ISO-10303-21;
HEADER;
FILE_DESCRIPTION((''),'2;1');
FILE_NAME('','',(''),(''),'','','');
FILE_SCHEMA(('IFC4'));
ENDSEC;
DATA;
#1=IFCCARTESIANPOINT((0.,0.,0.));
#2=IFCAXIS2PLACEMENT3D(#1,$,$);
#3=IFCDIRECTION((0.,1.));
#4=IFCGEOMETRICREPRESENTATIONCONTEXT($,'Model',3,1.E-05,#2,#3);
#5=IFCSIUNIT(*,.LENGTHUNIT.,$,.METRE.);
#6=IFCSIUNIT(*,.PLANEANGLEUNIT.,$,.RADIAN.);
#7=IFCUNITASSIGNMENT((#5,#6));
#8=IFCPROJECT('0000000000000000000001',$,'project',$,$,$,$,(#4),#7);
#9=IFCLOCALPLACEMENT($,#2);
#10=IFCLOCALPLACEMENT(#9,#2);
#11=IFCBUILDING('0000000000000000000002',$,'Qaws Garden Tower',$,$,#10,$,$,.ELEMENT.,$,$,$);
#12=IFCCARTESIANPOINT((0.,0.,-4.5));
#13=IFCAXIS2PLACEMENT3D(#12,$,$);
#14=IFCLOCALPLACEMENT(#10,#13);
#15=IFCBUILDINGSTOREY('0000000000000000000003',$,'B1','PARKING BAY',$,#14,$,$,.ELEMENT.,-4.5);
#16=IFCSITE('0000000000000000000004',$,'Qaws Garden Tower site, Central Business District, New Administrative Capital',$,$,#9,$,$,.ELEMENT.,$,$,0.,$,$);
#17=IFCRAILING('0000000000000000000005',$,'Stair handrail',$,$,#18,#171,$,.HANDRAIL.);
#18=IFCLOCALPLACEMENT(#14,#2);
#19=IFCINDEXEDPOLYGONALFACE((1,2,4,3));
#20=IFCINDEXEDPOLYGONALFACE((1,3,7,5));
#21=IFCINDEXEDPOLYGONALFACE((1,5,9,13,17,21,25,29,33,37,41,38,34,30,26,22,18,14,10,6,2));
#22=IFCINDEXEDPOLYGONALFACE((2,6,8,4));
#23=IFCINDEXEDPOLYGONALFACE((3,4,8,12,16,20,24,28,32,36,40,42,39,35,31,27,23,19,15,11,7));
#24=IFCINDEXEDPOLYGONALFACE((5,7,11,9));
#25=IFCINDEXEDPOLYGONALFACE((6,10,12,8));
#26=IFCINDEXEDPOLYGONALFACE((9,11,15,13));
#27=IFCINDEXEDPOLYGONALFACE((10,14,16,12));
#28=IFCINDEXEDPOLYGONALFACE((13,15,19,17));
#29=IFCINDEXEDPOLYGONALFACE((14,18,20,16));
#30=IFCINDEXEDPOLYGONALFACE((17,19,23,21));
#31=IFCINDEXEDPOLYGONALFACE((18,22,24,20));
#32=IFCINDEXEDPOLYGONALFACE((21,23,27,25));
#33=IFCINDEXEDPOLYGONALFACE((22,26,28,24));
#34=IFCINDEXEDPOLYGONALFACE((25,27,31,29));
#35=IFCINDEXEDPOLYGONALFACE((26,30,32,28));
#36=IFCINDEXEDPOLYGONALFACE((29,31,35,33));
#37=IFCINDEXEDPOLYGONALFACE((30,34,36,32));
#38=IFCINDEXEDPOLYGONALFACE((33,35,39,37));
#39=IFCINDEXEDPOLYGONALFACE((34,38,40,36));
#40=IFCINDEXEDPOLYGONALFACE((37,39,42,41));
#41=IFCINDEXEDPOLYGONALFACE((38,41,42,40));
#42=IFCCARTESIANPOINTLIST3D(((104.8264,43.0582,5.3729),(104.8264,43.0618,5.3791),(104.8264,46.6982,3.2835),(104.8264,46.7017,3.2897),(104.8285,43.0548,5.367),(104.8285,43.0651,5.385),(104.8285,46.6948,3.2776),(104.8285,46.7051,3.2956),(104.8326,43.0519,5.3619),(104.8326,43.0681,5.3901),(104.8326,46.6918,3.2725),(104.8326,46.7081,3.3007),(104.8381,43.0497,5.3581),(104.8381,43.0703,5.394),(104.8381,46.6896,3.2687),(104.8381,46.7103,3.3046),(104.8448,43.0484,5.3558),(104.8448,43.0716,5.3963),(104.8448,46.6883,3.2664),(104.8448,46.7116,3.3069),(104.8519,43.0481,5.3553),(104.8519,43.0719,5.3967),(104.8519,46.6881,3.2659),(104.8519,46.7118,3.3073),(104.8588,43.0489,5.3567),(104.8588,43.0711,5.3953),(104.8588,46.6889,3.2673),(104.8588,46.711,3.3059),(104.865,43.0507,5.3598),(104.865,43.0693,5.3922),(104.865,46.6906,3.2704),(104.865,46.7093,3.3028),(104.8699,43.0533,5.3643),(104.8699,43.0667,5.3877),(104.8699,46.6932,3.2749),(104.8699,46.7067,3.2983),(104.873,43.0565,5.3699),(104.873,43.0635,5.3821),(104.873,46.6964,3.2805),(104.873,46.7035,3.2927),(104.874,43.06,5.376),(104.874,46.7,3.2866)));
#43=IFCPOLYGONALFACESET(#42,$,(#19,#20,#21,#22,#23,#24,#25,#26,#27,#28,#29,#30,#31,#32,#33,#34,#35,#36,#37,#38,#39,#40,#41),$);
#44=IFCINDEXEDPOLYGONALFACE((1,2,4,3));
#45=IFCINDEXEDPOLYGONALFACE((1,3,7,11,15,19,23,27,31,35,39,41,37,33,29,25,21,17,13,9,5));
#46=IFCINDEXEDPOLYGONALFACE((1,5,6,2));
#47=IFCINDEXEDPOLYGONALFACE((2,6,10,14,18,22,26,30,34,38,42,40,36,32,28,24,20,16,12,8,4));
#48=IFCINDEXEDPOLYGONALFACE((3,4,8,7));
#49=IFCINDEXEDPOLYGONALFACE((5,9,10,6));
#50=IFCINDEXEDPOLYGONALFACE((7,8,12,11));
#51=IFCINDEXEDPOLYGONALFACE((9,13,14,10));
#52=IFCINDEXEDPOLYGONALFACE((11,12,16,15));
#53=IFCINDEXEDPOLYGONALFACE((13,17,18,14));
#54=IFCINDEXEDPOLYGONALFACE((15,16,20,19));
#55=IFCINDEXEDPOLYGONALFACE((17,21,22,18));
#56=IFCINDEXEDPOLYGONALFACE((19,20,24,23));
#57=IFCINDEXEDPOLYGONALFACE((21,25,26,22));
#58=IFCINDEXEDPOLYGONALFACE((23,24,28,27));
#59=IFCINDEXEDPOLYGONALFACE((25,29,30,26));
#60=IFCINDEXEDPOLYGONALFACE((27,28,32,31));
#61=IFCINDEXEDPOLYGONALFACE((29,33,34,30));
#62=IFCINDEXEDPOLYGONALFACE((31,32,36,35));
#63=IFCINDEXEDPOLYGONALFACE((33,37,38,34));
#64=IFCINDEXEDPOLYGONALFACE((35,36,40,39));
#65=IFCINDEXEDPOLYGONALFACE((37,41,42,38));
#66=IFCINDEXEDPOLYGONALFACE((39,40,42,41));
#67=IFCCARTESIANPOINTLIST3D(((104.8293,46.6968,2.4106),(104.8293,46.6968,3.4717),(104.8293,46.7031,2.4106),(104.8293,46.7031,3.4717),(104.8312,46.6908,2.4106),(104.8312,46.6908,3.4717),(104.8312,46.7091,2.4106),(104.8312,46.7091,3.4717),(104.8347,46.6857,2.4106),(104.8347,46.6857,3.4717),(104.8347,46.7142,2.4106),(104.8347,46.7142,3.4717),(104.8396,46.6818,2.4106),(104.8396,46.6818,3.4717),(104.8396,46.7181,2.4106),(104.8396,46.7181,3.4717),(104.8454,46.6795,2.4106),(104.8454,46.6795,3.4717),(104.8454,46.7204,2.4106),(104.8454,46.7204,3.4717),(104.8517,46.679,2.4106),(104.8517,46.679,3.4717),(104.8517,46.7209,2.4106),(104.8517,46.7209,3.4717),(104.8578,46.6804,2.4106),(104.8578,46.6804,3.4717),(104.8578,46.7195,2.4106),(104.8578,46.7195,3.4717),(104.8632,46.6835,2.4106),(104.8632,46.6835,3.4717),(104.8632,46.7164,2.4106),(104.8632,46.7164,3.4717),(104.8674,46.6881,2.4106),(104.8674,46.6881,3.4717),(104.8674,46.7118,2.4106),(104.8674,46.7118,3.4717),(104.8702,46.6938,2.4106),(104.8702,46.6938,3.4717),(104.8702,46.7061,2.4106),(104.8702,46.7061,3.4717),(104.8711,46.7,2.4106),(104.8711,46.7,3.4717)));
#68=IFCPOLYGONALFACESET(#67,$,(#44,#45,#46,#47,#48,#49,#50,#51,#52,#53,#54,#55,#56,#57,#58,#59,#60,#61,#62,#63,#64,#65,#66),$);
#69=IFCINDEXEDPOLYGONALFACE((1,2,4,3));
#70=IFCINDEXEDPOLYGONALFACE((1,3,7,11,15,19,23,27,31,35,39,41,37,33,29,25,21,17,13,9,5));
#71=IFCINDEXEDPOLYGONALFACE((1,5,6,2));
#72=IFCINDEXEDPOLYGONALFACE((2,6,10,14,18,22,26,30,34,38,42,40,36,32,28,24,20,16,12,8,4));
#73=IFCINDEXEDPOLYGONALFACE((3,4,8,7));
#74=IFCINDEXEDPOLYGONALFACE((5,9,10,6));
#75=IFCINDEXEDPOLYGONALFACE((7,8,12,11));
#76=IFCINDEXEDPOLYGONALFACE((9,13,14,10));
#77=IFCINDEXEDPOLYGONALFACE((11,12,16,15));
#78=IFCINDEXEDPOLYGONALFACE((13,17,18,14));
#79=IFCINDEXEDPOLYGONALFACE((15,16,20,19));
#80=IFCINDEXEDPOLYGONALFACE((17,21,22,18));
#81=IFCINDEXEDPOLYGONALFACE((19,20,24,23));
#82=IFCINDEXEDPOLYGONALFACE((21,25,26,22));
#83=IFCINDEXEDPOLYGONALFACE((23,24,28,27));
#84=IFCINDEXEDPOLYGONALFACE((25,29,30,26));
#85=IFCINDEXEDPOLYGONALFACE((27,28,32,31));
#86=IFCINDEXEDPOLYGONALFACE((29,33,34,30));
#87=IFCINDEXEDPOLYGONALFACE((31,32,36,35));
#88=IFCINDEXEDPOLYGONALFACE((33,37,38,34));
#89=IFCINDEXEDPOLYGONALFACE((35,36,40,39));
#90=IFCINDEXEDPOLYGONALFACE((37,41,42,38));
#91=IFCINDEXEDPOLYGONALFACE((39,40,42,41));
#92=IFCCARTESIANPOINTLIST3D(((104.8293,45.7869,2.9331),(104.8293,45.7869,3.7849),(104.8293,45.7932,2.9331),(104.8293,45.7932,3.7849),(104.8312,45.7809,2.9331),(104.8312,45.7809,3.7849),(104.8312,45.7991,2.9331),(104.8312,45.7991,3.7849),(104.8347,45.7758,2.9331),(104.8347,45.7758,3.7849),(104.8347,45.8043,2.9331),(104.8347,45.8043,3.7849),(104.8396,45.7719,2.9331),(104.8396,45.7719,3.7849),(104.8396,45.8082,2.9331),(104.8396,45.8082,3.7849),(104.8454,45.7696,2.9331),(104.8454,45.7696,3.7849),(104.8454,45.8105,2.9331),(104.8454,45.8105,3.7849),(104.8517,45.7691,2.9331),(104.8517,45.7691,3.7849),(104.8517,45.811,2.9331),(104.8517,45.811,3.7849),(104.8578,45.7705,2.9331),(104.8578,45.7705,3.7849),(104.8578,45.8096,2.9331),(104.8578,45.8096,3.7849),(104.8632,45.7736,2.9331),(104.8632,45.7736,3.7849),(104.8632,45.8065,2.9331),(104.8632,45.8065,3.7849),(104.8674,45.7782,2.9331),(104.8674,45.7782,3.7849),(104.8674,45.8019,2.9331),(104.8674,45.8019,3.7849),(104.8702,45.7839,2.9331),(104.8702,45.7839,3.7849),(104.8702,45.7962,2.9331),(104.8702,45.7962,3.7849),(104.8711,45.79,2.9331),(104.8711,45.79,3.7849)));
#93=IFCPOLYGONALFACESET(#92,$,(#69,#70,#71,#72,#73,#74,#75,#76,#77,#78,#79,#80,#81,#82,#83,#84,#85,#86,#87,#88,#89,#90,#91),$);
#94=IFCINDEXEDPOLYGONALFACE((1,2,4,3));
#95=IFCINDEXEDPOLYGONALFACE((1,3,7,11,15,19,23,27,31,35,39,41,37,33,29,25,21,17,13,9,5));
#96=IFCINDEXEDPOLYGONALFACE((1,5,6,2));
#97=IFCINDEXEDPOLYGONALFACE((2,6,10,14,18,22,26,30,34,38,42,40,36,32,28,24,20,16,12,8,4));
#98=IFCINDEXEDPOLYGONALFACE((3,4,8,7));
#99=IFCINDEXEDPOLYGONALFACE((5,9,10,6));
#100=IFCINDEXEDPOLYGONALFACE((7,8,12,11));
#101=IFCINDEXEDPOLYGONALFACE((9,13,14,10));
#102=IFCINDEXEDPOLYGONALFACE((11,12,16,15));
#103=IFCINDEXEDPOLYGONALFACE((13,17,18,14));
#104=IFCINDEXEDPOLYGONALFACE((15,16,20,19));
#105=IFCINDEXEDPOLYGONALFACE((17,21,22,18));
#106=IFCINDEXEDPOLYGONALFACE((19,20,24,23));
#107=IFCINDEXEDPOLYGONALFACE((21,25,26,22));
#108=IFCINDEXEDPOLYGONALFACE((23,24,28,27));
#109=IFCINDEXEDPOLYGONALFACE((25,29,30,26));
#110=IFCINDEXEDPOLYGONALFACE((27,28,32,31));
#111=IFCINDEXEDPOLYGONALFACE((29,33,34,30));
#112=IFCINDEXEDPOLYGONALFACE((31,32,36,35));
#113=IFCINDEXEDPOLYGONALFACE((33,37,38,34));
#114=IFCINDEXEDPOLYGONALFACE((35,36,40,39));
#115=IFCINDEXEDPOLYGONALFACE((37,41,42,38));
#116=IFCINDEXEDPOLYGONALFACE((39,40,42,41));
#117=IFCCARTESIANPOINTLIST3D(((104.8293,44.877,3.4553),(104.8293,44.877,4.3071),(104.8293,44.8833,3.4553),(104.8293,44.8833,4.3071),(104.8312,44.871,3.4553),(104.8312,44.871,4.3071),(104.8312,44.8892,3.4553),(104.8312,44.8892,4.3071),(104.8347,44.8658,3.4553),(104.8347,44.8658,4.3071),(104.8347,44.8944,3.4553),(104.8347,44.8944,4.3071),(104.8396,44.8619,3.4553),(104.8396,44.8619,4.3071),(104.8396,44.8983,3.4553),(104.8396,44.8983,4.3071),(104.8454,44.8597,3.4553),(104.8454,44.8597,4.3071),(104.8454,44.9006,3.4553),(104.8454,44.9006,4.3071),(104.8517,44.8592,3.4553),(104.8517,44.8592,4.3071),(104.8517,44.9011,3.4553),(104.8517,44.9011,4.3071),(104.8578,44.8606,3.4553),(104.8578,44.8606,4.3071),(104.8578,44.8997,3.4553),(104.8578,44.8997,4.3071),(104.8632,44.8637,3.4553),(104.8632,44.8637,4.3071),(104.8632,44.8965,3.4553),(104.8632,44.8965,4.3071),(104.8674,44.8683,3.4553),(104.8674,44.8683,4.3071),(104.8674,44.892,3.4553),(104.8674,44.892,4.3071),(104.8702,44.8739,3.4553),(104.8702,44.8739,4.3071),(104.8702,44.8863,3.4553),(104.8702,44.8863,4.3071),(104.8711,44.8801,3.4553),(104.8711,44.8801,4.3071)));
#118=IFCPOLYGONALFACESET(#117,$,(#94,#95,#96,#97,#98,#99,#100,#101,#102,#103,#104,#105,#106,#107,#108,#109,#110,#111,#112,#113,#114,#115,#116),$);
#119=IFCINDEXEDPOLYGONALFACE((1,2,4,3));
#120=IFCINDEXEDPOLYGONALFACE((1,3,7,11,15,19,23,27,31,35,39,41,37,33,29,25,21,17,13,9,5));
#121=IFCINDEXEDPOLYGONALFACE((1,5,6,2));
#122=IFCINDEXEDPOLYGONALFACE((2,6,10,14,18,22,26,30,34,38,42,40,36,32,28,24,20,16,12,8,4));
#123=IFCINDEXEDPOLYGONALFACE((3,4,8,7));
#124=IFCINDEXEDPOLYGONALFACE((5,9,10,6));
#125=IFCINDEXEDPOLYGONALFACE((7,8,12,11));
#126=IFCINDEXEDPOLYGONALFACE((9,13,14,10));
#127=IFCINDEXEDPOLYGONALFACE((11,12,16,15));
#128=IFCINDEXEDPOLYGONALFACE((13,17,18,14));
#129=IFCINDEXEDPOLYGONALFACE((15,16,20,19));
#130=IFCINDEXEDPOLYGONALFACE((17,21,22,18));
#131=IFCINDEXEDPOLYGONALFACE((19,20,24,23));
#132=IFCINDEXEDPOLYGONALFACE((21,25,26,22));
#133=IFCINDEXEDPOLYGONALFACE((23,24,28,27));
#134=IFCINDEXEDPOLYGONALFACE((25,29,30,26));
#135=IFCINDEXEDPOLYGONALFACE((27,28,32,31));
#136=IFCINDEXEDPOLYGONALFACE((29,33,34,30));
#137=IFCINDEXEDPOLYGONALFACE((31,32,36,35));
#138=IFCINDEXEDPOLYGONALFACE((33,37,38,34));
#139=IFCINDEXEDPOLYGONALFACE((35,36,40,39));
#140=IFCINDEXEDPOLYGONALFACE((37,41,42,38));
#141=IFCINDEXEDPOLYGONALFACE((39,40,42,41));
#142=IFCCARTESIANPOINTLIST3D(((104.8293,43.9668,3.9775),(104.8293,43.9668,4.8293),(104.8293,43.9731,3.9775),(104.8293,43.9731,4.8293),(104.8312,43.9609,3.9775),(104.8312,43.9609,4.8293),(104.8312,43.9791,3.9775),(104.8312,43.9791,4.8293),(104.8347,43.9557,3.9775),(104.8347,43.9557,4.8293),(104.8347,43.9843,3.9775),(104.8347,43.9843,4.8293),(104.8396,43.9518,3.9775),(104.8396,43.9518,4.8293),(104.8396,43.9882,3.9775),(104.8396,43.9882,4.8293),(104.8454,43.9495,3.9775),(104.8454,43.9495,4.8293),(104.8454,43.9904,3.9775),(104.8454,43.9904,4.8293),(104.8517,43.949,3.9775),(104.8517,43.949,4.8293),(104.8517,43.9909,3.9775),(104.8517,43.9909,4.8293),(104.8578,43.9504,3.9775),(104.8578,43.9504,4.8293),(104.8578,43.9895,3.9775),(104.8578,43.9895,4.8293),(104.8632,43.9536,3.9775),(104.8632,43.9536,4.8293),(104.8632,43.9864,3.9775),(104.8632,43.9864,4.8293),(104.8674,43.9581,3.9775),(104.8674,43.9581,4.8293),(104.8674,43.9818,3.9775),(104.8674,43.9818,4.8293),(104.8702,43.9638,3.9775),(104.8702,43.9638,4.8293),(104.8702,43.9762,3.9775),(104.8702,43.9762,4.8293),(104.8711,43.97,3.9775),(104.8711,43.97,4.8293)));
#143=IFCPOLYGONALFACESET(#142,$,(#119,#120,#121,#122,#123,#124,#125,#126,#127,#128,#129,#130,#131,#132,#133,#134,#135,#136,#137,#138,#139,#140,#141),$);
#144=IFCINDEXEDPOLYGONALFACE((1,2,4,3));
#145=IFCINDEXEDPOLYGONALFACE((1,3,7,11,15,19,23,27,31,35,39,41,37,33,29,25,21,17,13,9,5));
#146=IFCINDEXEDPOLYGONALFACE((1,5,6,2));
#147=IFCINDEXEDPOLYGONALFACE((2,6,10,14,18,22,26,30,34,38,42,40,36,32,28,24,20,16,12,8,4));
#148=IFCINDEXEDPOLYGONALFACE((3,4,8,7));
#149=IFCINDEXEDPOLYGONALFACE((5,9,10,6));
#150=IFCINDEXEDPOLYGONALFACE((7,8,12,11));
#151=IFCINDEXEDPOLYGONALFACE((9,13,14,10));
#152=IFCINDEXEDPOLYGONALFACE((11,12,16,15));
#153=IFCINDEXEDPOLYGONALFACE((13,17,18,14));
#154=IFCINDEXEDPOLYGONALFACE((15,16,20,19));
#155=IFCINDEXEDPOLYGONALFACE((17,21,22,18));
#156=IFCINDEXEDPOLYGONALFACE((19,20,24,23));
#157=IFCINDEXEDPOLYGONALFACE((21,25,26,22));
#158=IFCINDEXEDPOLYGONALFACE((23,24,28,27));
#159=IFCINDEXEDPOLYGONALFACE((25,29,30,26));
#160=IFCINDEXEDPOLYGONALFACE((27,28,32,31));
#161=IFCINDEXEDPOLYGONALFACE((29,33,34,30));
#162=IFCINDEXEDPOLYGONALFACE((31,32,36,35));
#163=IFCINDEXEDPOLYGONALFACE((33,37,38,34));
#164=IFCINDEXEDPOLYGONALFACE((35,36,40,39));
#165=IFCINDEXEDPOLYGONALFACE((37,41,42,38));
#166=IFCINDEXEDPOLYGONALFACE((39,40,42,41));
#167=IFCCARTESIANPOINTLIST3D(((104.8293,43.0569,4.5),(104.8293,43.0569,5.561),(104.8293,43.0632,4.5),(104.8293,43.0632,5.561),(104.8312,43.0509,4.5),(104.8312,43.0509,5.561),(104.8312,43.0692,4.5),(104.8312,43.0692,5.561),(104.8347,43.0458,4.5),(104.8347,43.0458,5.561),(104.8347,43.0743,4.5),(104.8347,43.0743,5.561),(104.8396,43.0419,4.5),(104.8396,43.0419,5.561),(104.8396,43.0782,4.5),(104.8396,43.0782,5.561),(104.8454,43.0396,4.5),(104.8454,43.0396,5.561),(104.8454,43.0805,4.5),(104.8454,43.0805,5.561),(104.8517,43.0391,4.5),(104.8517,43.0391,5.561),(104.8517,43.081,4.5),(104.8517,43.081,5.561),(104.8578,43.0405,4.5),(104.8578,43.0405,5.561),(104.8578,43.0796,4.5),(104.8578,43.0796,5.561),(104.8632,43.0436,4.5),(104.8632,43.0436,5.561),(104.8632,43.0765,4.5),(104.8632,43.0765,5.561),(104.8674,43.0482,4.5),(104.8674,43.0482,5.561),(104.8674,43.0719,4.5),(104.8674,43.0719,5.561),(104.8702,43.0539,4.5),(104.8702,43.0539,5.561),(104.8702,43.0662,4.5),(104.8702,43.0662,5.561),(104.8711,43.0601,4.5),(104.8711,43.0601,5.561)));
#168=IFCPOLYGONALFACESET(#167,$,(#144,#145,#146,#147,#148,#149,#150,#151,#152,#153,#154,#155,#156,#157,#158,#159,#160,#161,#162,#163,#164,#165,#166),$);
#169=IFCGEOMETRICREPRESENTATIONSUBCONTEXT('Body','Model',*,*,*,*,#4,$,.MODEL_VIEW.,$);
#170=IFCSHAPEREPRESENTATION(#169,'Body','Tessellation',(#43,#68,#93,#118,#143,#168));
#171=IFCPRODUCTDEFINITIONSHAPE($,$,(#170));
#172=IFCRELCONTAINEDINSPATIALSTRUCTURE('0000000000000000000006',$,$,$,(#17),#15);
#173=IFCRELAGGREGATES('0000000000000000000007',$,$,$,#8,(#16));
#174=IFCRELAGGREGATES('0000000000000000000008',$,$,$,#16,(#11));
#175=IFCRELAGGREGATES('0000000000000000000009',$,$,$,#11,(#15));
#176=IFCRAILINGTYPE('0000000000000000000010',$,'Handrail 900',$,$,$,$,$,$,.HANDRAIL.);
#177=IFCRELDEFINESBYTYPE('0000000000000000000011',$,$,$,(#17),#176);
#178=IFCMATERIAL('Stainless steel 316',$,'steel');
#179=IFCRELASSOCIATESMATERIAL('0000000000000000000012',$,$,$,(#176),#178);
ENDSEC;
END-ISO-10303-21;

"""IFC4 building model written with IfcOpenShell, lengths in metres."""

from ifc_helpers import new_model, si_unit, direction, frame, origin, origin_2d, place, context, subcontext, project, spatial, circle, extrude, material, type_object, element, save


model = new_model("IFC4")

# Units and contexts
model_context = context("Model", 3, precision=1e-05, world=origin(), true_north=direction((0.0, 1.0)))
body_context = subcontext(model_context, "Body", "Model", "MODEL_VIEW")
ifc_project = project(units=[si_unit("LENGTHUNIT", "METRE"), si_unit("PLANEANGLEUNIT", "RADIAN")], contexts=[model_context])

# Site, building, storey
site_placement = place(None, origin())
site = spatial("IfcSite", under=ifc_project, at=site_placement, Name="Qaws Garden Tower site, Central Business District, New Administrative Capital", CompositionType="ELEMENT", RefElevation=0.0)
building_placement = place(site_placement, origin())
building = spatial("IfcBuilding", under=site, at=building_placement, Name="Qaws Garden Tower", CompositionType="ELEMENT")
storey_placement = place(building_placement, frame((0.0, 0.0, -4.5)))
storey = spatial("IfcBuildingStorey", under=building, at=storey_placement, Name="B1", Description="PARKING BAY", CompositionType="ELEMENT", Elevation=-4.5)

# Railing
ifc_material_1 = material(Name="Stainless steel 316", Category="steel")
railing_type_1 = type_object("IfcRailingType", Name="Handrail 900", PredefinedType="HANDRAIL", material=ifc_material_1)
for number, where, name in (
    (1, (104.8501, 46.7, 2.4106), "Stair handrail"),
):
    element("IfcRailing", number, at=place(storey_placement, frame(where)), inside=storey, type_object=railing_type_1, Name=name, PredefinedType="HANDRAIL", context=body_context, shape_type="SweptSolid", body=[
        extrude(circle(Radius=0.0239, at=origin_2d()), frame((0.0, 0.0, 0.876), z_axis=(0.0, -0.867275, 0.497829), x_axis=(1.0, 0.0, 0.0)), (0.0, 0.0, 1.0), 4.197),
        extrude(circle(Radius=0.021, at=origin_2d()), origin(), (0.0, 0.0, 1.0), 1.061),
        extrude(circle(Radius=0.021, at=origin_2d()), frame((0.0, -0.9099, 0.5225)), (0.0, 0.0, 1.0), 0.8518),
        extrude(circle(Radius=0.021, at=origin_2d()), frame((0.0, -1.8198, 1.0447)), (0.0, 0.0, 1.0), 0.8518),
        extrude(circle(Radius=0.021, at=origin_2d()), frame((0.0, -2.73, 1.5669)), (0.0, 0.0, 1.0), 0.8518),
        extrude(circle(Radius=0.021, at=origin_2d()), frame((0.0, -3.6399, 2.0894)), (0.0, 0.0, 1.0), 1.061),
    ])

save(model, "model.ifc")
